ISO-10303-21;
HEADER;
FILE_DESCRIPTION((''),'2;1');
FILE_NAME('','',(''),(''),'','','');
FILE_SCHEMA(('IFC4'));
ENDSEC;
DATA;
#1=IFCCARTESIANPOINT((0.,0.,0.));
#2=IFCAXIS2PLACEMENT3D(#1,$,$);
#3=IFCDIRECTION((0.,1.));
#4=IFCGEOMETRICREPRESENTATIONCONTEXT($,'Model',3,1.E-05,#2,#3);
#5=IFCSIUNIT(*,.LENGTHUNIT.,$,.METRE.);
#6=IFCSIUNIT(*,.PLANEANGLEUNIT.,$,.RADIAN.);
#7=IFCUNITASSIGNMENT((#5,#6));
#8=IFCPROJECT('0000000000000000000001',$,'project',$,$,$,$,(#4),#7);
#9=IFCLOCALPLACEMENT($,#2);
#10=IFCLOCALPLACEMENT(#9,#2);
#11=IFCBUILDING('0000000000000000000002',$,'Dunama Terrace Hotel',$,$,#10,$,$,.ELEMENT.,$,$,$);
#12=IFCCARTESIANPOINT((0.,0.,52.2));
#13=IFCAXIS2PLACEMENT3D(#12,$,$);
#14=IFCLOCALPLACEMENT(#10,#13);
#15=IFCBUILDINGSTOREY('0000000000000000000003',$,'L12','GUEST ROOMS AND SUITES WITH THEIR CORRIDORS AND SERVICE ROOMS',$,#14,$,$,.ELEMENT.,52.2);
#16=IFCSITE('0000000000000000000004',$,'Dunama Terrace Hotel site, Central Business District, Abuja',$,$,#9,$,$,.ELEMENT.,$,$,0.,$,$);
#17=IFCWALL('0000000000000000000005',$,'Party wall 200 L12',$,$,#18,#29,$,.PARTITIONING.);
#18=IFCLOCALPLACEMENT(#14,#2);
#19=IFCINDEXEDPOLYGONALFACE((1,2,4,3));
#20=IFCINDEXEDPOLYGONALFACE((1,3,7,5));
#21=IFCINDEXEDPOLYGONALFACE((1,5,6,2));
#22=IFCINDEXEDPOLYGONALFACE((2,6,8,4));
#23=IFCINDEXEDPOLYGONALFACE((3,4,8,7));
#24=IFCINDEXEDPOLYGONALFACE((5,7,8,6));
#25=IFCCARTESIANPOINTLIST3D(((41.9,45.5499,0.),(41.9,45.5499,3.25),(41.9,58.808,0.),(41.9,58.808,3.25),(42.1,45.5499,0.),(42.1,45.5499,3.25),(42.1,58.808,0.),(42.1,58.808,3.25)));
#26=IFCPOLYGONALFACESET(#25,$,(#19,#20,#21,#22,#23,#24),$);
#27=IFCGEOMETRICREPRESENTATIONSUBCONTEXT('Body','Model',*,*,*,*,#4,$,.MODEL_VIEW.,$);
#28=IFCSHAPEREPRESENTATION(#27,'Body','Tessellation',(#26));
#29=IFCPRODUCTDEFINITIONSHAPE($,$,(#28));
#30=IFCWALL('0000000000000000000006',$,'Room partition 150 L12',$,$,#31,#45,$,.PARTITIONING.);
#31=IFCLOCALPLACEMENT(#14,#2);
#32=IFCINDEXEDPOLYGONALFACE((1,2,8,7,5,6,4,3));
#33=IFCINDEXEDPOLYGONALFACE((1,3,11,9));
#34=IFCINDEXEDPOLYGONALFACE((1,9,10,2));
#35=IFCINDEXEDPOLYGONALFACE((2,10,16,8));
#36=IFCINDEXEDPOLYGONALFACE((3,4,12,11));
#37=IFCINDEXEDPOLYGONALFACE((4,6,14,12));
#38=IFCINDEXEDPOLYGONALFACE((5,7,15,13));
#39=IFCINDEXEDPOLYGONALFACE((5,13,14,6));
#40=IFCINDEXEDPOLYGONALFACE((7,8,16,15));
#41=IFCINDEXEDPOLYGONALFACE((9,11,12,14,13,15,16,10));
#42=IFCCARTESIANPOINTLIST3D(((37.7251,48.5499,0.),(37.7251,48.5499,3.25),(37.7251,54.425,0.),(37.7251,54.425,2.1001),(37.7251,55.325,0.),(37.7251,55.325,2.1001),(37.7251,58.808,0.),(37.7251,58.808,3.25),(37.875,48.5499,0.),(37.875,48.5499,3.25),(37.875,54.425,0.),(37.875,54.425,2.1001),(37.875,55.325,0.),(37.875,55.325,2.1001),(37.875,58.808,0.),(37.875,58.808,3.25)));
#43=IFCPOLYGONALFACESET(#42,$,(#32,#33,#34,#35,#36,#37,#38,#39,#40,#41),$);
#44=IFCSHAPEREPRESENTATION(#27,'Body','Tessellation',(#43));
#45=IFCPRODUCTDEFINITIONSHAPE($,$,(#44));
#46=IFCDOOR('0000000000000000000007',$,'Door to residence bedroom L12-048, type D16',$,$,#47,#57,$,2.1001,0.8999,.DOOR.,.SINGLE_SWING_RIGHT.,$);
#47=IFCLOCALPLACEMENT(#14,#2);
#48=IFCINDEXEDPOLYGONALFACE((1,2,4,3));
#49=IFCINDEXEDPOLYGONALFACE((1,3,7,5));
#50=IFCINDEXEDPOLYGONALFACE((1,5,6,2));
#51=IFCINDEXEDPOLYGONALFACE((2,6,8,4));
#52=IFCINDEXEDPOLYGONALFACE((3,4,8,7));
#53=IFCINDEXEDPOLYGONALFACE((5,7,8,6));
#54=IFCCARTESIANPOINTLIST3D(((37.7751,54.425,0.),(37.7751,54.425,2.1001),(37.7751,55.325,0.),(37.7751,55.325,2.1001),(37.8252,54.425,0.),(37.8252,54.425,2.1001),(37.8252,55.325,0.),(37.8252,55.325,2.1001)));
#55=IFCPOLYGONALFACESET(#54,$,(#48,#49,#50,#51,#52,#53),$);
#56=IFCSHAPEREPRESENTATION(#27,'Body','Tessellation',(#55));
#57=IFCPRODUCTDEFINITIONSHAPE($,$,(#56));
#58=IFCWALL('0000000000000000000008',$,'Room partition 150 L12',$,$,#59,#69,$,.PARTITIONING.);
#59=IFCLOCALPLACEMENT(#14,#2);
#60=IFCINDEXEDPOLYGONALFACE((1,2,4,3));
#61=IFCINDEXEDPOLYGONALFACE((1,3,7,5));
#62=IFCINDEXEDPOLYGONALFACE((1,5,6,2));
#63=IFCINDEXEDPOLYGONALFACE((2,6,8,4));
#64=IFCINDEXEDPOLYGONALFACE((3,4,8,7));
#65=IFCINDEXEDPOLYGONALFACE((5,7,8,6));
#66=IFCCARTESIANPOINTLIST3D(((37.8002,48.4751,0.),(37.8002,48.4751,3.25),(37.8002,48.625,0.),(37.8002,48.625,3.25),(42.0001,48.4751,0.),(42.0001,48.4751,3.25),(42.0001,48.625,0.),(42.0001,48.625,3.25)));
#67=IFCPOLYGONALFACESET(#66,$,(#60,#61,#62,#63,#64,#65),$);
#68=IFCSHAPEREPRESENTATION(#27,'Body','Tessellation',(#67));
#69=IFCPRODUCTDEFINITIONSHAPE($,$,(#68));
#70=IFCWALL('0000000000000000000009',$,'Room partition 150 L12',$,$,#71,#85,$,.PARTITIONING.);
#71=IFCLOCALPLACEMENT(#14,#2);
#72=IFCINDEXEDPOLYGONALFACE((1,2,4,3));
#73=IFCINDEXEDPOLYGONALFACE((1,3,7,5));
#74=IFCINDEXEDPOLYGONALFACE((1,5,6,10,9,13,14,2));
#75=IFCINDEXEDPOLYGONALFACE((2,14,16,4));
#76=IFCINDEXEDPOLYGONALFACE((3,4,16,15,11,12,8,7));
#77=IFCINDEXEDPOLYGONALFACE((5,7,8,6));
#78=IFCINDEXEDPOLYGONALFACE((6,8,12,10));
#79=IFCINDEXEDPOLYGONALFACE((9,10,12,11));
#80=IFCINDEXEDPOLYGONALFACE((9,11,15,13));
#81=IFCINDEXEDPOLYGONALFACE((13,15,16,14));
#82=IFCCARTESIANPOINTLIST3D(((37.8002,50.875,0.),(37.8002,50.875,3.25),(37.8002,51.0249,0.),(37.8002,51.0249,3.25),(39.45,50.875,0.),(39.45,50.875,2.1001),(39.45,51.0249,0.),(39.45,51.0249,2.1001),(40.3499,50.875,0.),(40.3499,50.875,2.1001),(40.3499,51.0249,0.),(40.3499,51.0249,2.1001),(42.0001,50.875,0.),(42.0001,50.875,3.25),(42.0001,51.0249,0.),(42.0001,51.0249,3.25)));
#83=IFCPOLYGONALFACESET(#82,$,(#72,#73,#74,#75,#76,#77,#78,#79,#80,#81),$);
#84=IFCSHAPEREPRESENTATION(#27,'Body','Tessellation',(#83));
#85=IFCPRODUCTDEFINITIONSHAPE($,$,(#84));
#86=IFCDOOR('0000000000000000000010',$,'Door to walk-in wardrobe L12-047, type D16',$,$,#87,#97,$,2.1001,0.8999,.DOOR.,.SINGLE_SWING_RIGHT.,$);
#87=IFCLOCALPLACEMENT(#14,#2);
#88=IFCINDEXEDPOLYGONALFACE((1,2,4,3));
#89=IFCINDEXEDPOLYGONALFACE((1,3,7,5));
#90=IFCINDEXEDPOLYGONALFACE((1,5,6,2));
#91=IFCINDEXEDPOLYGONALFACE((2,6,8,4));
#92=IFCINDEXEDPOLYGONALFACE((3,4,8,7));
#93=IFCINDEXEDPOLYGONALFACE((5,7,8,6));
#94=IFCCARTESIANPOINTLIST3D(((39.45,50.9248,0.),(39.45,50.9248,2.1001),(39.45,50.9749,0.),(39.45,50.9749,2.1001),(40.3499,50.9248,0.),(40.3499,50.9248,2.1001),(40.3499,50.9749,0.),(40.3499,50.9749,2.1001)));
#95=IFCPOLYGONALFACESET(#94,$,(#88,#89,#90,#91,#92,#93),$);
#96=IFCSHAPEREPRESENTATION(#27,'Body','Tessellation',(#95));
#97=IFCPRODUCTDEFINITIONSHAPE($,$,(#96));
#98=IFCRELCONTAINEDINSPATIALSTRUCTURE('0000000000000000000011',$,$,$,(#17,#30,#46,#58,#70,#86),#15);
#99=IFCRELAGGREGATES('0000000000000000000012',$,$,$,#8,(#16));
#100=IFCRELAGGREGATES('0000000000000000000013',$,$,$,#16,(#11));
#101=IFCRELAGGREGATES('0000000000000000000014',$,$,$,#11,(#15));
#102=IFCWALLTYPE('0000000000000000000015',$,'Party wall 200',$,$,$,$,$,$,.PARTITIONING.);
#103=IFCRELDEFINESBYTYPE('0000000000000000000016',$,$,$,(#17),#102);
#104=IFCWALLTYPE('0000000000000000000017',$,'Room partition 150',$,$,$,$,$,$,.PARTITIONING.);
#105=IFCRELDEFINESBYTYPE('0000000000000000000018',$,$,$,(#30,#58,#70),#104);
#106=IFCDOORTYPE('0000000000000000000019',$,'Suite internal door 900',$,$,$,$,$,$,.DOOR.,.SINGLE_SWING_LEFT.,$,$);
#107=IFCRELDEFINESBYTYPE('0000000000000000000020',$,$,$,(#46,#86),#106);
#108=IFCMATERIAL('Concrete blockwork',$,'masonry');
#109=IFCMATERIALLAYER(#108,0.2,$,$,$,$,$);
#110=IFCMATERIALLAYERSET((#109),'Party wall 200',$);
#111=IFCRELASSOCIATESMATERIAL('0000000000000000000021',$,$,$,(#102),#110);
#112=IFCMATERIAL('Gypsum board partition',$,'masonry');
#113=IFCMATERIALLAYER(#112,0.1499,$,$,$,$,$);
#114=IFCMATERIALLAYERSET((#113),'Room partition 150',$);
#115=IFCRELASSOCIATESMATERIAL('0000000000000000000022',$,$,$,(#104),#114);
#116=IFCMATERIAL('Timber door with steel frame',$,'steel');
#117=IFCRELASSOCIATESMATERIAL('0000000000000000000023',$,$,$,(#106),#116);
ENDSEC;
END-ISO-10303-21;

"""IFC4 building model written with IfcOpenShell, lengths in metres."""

from ifc_helpers import new_model, si_unit, direction, frame, frame_2d, origin, place, context, subcontext, project, spatial, rectangle, extrude, material, layer, layer_set, type_object, element, fill, save


model = new_model("IFC4")

# Units and contexts
model_context = context("Model", 3, precision=1e-05, world=origin(), true_north=direction((0.0, 1.0)))
body_context = subcontext(model_context, "Body", "Model", "MODEL_VIEW")
ifc_project = project(units=[si_unit("LENGTHUNIT", "METRE"), si_unit("PLANEANGLEUNIT", "RADIAN")], contexts=[model_context])

# Site, building, storey
site_placement = place(None, origin())
site = spatial("IfcSite", under=ifc_project, at=site_placement, Name="Dunama Terrace Hotel site, Central Business District, Abuja", CompositionType="ELEMENT", RefElevation=0.0)
building_placement = place(site_placement, origin())
building = spatial("IfcBuilding", under=site, at=building_placement, Name="Dunama Terrace Hotel", CompositionType="ELEMENT")
storey_placement = place(building_placement, frame((0.0, 0.0, 52.2)))
storey = spatial("IfcBuildingStorey", under=building, at=storey_placement, Name="L12", Description="GUEST ROOMS AND SUITES WITH THEIR CORRIDORS AND SERVICE ROOMS", CompositionType="ELEMENT", Elevation=52.2)

# Wall
ifc_material_1 = material(Name="Concrete blockwork", Category="masonry")
ifc_layer_1 = layer(ifc_material_1, 0.2)
ifc_layer_set_1 = layer_set([ifc_layer_1], Name="Party wall 200")
wall_type_1 = type_object("IfcWallType", Name="Party wall 200", PredefinedType="PARTITIONING", material=ifc_layer_set_1)
wall_1_placement = place(storey_placement, frame((42.0, 45.55, 0.0), z_axis=(0.0, 0.0, 1.0), x_axis=(0.0, 1.0, 0.0)))
element("IfcWall", 1, at=wall_1_placement, inside=storey, type_object=wall_type_1, Name="Party wall 200 L12", PredefinedType="PARTITIONING", context=body_context, shape_type="SweptSolid", body=[
    extrude(rectangle(XDim=13.2581, YDim=0.2, at=frame_2d((6.6289, 0.0))), origin(), (0.0, 0.0, 1.0), 3.25),
])

# Wall, opening, door
ifc_material_2 = material(Name="Gypsum board partition", Category="masonry")
ifc_layer_2 = layer(ifc_material_2, 0.1499)
ifc_layer_set_2 = layer_set([ifc_layer_2], Name="Room partition 150")
wall_type_2 = type_object("IfcWallType", Name="Room partition 150", PredefinedType="PARTITIONING", material=ifc_layer_set_2)
wall_2_placement = place(storey_placement, frame((37.8, 48.55, 0.0), z_axis=(0.0, 0.0, 1.0), x_axis=(0.0, 1.0, 0.0)))
wall_2 = element("IfcWall", 2, at=wall_2_placement, inside=storey, type_object=wall_type_2, Name="Room partition 150 L12", PredefinedType="PARTITIONING", context=body_context, shape_type="SweptSolid", body=[
    extrude(rectangle(XDim=10.2581, YDim=0.1499, at=frame_2d((5.1289, 0.0))), origin(), (0.0, 0.0, 1.0), 3.25),
])
opening_1_placement = place(wall_2_placement, frame((5.875, 0.0, 0.0)))
opening_1 = element("IfcOpeningElement", 3, at=opening_1_placement, cuts=wall_2, PredefinedType="OPENING", context=body_context, shape_type="SweptSolid", body=[
    extrude(rectangle(XDim=0.8999, YDim=2.1001, at=frame_2d((0.45, 1.05))), frame((0.0, 0.085, 0.0), z_axis=(0.0, -1.0, 0.0), x_axis=(1.0, 0.0, 0.0)), (0.0, 0.0, 1.0), 0.1699),
])
ifc_material_3 = material(Name="Timber door with steel frame", Category="steel")
door_type_1 = type_object("IfcDoorType", Name="Suite internal door 900", OperationType="SINGLE_SWING_LEFT", PredefinedType="DOOR", material=ifc_material_3)
door_1_placement = place(opening_1_placement, frame((0.8999, 0.0, 0.0), z_axis=(0.0, 0.0, 1.0), x_axis=(-1.0, 0.0, 0.0)))
door_1 = element("IfcDoor", 4, at=door_1_placement, inside=storey, type_object=door_type_1, Name="Door to residence bedroom L12-048, type D16", OperationType="SINGLE_SWING_RIGHT", OverallHeight=2.1001, OverallWidth=0.8999, PredefinedType="DOOR", context=body_context, shape_type="SweptSolid", body=[
    extrude(rectangle(XDim=0.8999, YDim=2.1001, at=frame_2d((0.45, 1.05))), frame((0.0, 0.0251, 0.0), z_axis=(0.0, -1.0, 0.0), x_axis=(1.0, 0.0, 0.0)), (0.0, 0.0, 1.0), 0.05),
])
fill(opening_1, door_1)

# Wall
wall_3_placement = place(storey_placement, frame((37.8, 48.55, 0.0), z_axis=(0.0, 0.0, 1.0), x_axis=(1.0, 0.0, 0.0)))
element("IfcWall", 5, at=wall_3_placement, inside=storey, type_object=wall_type_2, Name="Room partition 150 L12", PredefinedType="PARTITIONING", context=body_context, shape_type="SweptSolid", body=[
    extrude(rectangle(XDim=4.2, YDim=0.1499, at=frame_2d((2.1001, 0.0))), origin(), (0.0, 0.0, 1.0), 3.25),
])

# Wall, opening, door
wall_4_placement = place(storey_placement, frame((37.8, 50.95, 0.0), z_axis=(0.0, 0.0, 1.0), x_axis=(1.0, 0.0, 0.0)))
wall_4 = element("IfcWall", 6, at=wall_4_placement, inside=storey, type_object=wall_type_2, Name="Room partition 150 L12", PredefinedType="PARTITIONING", context=body_context, shape_type="SweptSolid", body=[
    extrude(rectangle(XDim=4.2, YDim=0.1499, at=frame_2d((2.1001, 0.0))), origin(), (0.0, 0.0, 1.0), 3.25),
])
opening_2_placement = place(wall_4_placement, frame((1.6499, 0.0, 0.0)))
opening_2 = element("IfcOpeningElement", 7, at=opening_2_placement, cuts=wall_4, PredefinedType="OPENING", context=body_context, shape_type="SweptSolid", body=[
    extrude(rectangle(XDim=0.8999, YDim=2.1001, at=frame_2d((0.45, 1.05))), frame((0.0, 0.085, 0.0), z_axis=(0.0, -1.0, 0.0), x_axis=(1.0, 0.0, 0.0)), (0.0, 0.0, 1.0), 0.1699),
])
door_2_placement = place(opening_2_placement, frame((0.8999, 0.0, 0.0), z_axis=(0.0, 0.0, 1.0), x_axis=(-1.0, 0.0, 0.0)))
door_2 = element("IfcDoor", 8, at=door_2_placement, inside=storey, type_object=door_type_1, Name="Door to walk-in wardrobe L12-047, type D16", OperationType="SINGLE_SWING_RIGHT", OverallHeight=2.1001, OverallWidth=0.8999, PredefinedType="DOOR", context=body_context, shape_type="SweptSolid", body=[
    extrude(rectangle(XDim=0.8999, YDim=2.1001, at=frame_2d((0.45, 1.05))), frame((0.0, 0.0251, 0.0), z_axis=(0.0, -1.0, 0.0), x_axis=(1.0, 0.0, 0.0)), (0.0, 0.0, 1.0), 0.05),
])
fill(opening_2, door_2)

save(model, "model.ifc")
